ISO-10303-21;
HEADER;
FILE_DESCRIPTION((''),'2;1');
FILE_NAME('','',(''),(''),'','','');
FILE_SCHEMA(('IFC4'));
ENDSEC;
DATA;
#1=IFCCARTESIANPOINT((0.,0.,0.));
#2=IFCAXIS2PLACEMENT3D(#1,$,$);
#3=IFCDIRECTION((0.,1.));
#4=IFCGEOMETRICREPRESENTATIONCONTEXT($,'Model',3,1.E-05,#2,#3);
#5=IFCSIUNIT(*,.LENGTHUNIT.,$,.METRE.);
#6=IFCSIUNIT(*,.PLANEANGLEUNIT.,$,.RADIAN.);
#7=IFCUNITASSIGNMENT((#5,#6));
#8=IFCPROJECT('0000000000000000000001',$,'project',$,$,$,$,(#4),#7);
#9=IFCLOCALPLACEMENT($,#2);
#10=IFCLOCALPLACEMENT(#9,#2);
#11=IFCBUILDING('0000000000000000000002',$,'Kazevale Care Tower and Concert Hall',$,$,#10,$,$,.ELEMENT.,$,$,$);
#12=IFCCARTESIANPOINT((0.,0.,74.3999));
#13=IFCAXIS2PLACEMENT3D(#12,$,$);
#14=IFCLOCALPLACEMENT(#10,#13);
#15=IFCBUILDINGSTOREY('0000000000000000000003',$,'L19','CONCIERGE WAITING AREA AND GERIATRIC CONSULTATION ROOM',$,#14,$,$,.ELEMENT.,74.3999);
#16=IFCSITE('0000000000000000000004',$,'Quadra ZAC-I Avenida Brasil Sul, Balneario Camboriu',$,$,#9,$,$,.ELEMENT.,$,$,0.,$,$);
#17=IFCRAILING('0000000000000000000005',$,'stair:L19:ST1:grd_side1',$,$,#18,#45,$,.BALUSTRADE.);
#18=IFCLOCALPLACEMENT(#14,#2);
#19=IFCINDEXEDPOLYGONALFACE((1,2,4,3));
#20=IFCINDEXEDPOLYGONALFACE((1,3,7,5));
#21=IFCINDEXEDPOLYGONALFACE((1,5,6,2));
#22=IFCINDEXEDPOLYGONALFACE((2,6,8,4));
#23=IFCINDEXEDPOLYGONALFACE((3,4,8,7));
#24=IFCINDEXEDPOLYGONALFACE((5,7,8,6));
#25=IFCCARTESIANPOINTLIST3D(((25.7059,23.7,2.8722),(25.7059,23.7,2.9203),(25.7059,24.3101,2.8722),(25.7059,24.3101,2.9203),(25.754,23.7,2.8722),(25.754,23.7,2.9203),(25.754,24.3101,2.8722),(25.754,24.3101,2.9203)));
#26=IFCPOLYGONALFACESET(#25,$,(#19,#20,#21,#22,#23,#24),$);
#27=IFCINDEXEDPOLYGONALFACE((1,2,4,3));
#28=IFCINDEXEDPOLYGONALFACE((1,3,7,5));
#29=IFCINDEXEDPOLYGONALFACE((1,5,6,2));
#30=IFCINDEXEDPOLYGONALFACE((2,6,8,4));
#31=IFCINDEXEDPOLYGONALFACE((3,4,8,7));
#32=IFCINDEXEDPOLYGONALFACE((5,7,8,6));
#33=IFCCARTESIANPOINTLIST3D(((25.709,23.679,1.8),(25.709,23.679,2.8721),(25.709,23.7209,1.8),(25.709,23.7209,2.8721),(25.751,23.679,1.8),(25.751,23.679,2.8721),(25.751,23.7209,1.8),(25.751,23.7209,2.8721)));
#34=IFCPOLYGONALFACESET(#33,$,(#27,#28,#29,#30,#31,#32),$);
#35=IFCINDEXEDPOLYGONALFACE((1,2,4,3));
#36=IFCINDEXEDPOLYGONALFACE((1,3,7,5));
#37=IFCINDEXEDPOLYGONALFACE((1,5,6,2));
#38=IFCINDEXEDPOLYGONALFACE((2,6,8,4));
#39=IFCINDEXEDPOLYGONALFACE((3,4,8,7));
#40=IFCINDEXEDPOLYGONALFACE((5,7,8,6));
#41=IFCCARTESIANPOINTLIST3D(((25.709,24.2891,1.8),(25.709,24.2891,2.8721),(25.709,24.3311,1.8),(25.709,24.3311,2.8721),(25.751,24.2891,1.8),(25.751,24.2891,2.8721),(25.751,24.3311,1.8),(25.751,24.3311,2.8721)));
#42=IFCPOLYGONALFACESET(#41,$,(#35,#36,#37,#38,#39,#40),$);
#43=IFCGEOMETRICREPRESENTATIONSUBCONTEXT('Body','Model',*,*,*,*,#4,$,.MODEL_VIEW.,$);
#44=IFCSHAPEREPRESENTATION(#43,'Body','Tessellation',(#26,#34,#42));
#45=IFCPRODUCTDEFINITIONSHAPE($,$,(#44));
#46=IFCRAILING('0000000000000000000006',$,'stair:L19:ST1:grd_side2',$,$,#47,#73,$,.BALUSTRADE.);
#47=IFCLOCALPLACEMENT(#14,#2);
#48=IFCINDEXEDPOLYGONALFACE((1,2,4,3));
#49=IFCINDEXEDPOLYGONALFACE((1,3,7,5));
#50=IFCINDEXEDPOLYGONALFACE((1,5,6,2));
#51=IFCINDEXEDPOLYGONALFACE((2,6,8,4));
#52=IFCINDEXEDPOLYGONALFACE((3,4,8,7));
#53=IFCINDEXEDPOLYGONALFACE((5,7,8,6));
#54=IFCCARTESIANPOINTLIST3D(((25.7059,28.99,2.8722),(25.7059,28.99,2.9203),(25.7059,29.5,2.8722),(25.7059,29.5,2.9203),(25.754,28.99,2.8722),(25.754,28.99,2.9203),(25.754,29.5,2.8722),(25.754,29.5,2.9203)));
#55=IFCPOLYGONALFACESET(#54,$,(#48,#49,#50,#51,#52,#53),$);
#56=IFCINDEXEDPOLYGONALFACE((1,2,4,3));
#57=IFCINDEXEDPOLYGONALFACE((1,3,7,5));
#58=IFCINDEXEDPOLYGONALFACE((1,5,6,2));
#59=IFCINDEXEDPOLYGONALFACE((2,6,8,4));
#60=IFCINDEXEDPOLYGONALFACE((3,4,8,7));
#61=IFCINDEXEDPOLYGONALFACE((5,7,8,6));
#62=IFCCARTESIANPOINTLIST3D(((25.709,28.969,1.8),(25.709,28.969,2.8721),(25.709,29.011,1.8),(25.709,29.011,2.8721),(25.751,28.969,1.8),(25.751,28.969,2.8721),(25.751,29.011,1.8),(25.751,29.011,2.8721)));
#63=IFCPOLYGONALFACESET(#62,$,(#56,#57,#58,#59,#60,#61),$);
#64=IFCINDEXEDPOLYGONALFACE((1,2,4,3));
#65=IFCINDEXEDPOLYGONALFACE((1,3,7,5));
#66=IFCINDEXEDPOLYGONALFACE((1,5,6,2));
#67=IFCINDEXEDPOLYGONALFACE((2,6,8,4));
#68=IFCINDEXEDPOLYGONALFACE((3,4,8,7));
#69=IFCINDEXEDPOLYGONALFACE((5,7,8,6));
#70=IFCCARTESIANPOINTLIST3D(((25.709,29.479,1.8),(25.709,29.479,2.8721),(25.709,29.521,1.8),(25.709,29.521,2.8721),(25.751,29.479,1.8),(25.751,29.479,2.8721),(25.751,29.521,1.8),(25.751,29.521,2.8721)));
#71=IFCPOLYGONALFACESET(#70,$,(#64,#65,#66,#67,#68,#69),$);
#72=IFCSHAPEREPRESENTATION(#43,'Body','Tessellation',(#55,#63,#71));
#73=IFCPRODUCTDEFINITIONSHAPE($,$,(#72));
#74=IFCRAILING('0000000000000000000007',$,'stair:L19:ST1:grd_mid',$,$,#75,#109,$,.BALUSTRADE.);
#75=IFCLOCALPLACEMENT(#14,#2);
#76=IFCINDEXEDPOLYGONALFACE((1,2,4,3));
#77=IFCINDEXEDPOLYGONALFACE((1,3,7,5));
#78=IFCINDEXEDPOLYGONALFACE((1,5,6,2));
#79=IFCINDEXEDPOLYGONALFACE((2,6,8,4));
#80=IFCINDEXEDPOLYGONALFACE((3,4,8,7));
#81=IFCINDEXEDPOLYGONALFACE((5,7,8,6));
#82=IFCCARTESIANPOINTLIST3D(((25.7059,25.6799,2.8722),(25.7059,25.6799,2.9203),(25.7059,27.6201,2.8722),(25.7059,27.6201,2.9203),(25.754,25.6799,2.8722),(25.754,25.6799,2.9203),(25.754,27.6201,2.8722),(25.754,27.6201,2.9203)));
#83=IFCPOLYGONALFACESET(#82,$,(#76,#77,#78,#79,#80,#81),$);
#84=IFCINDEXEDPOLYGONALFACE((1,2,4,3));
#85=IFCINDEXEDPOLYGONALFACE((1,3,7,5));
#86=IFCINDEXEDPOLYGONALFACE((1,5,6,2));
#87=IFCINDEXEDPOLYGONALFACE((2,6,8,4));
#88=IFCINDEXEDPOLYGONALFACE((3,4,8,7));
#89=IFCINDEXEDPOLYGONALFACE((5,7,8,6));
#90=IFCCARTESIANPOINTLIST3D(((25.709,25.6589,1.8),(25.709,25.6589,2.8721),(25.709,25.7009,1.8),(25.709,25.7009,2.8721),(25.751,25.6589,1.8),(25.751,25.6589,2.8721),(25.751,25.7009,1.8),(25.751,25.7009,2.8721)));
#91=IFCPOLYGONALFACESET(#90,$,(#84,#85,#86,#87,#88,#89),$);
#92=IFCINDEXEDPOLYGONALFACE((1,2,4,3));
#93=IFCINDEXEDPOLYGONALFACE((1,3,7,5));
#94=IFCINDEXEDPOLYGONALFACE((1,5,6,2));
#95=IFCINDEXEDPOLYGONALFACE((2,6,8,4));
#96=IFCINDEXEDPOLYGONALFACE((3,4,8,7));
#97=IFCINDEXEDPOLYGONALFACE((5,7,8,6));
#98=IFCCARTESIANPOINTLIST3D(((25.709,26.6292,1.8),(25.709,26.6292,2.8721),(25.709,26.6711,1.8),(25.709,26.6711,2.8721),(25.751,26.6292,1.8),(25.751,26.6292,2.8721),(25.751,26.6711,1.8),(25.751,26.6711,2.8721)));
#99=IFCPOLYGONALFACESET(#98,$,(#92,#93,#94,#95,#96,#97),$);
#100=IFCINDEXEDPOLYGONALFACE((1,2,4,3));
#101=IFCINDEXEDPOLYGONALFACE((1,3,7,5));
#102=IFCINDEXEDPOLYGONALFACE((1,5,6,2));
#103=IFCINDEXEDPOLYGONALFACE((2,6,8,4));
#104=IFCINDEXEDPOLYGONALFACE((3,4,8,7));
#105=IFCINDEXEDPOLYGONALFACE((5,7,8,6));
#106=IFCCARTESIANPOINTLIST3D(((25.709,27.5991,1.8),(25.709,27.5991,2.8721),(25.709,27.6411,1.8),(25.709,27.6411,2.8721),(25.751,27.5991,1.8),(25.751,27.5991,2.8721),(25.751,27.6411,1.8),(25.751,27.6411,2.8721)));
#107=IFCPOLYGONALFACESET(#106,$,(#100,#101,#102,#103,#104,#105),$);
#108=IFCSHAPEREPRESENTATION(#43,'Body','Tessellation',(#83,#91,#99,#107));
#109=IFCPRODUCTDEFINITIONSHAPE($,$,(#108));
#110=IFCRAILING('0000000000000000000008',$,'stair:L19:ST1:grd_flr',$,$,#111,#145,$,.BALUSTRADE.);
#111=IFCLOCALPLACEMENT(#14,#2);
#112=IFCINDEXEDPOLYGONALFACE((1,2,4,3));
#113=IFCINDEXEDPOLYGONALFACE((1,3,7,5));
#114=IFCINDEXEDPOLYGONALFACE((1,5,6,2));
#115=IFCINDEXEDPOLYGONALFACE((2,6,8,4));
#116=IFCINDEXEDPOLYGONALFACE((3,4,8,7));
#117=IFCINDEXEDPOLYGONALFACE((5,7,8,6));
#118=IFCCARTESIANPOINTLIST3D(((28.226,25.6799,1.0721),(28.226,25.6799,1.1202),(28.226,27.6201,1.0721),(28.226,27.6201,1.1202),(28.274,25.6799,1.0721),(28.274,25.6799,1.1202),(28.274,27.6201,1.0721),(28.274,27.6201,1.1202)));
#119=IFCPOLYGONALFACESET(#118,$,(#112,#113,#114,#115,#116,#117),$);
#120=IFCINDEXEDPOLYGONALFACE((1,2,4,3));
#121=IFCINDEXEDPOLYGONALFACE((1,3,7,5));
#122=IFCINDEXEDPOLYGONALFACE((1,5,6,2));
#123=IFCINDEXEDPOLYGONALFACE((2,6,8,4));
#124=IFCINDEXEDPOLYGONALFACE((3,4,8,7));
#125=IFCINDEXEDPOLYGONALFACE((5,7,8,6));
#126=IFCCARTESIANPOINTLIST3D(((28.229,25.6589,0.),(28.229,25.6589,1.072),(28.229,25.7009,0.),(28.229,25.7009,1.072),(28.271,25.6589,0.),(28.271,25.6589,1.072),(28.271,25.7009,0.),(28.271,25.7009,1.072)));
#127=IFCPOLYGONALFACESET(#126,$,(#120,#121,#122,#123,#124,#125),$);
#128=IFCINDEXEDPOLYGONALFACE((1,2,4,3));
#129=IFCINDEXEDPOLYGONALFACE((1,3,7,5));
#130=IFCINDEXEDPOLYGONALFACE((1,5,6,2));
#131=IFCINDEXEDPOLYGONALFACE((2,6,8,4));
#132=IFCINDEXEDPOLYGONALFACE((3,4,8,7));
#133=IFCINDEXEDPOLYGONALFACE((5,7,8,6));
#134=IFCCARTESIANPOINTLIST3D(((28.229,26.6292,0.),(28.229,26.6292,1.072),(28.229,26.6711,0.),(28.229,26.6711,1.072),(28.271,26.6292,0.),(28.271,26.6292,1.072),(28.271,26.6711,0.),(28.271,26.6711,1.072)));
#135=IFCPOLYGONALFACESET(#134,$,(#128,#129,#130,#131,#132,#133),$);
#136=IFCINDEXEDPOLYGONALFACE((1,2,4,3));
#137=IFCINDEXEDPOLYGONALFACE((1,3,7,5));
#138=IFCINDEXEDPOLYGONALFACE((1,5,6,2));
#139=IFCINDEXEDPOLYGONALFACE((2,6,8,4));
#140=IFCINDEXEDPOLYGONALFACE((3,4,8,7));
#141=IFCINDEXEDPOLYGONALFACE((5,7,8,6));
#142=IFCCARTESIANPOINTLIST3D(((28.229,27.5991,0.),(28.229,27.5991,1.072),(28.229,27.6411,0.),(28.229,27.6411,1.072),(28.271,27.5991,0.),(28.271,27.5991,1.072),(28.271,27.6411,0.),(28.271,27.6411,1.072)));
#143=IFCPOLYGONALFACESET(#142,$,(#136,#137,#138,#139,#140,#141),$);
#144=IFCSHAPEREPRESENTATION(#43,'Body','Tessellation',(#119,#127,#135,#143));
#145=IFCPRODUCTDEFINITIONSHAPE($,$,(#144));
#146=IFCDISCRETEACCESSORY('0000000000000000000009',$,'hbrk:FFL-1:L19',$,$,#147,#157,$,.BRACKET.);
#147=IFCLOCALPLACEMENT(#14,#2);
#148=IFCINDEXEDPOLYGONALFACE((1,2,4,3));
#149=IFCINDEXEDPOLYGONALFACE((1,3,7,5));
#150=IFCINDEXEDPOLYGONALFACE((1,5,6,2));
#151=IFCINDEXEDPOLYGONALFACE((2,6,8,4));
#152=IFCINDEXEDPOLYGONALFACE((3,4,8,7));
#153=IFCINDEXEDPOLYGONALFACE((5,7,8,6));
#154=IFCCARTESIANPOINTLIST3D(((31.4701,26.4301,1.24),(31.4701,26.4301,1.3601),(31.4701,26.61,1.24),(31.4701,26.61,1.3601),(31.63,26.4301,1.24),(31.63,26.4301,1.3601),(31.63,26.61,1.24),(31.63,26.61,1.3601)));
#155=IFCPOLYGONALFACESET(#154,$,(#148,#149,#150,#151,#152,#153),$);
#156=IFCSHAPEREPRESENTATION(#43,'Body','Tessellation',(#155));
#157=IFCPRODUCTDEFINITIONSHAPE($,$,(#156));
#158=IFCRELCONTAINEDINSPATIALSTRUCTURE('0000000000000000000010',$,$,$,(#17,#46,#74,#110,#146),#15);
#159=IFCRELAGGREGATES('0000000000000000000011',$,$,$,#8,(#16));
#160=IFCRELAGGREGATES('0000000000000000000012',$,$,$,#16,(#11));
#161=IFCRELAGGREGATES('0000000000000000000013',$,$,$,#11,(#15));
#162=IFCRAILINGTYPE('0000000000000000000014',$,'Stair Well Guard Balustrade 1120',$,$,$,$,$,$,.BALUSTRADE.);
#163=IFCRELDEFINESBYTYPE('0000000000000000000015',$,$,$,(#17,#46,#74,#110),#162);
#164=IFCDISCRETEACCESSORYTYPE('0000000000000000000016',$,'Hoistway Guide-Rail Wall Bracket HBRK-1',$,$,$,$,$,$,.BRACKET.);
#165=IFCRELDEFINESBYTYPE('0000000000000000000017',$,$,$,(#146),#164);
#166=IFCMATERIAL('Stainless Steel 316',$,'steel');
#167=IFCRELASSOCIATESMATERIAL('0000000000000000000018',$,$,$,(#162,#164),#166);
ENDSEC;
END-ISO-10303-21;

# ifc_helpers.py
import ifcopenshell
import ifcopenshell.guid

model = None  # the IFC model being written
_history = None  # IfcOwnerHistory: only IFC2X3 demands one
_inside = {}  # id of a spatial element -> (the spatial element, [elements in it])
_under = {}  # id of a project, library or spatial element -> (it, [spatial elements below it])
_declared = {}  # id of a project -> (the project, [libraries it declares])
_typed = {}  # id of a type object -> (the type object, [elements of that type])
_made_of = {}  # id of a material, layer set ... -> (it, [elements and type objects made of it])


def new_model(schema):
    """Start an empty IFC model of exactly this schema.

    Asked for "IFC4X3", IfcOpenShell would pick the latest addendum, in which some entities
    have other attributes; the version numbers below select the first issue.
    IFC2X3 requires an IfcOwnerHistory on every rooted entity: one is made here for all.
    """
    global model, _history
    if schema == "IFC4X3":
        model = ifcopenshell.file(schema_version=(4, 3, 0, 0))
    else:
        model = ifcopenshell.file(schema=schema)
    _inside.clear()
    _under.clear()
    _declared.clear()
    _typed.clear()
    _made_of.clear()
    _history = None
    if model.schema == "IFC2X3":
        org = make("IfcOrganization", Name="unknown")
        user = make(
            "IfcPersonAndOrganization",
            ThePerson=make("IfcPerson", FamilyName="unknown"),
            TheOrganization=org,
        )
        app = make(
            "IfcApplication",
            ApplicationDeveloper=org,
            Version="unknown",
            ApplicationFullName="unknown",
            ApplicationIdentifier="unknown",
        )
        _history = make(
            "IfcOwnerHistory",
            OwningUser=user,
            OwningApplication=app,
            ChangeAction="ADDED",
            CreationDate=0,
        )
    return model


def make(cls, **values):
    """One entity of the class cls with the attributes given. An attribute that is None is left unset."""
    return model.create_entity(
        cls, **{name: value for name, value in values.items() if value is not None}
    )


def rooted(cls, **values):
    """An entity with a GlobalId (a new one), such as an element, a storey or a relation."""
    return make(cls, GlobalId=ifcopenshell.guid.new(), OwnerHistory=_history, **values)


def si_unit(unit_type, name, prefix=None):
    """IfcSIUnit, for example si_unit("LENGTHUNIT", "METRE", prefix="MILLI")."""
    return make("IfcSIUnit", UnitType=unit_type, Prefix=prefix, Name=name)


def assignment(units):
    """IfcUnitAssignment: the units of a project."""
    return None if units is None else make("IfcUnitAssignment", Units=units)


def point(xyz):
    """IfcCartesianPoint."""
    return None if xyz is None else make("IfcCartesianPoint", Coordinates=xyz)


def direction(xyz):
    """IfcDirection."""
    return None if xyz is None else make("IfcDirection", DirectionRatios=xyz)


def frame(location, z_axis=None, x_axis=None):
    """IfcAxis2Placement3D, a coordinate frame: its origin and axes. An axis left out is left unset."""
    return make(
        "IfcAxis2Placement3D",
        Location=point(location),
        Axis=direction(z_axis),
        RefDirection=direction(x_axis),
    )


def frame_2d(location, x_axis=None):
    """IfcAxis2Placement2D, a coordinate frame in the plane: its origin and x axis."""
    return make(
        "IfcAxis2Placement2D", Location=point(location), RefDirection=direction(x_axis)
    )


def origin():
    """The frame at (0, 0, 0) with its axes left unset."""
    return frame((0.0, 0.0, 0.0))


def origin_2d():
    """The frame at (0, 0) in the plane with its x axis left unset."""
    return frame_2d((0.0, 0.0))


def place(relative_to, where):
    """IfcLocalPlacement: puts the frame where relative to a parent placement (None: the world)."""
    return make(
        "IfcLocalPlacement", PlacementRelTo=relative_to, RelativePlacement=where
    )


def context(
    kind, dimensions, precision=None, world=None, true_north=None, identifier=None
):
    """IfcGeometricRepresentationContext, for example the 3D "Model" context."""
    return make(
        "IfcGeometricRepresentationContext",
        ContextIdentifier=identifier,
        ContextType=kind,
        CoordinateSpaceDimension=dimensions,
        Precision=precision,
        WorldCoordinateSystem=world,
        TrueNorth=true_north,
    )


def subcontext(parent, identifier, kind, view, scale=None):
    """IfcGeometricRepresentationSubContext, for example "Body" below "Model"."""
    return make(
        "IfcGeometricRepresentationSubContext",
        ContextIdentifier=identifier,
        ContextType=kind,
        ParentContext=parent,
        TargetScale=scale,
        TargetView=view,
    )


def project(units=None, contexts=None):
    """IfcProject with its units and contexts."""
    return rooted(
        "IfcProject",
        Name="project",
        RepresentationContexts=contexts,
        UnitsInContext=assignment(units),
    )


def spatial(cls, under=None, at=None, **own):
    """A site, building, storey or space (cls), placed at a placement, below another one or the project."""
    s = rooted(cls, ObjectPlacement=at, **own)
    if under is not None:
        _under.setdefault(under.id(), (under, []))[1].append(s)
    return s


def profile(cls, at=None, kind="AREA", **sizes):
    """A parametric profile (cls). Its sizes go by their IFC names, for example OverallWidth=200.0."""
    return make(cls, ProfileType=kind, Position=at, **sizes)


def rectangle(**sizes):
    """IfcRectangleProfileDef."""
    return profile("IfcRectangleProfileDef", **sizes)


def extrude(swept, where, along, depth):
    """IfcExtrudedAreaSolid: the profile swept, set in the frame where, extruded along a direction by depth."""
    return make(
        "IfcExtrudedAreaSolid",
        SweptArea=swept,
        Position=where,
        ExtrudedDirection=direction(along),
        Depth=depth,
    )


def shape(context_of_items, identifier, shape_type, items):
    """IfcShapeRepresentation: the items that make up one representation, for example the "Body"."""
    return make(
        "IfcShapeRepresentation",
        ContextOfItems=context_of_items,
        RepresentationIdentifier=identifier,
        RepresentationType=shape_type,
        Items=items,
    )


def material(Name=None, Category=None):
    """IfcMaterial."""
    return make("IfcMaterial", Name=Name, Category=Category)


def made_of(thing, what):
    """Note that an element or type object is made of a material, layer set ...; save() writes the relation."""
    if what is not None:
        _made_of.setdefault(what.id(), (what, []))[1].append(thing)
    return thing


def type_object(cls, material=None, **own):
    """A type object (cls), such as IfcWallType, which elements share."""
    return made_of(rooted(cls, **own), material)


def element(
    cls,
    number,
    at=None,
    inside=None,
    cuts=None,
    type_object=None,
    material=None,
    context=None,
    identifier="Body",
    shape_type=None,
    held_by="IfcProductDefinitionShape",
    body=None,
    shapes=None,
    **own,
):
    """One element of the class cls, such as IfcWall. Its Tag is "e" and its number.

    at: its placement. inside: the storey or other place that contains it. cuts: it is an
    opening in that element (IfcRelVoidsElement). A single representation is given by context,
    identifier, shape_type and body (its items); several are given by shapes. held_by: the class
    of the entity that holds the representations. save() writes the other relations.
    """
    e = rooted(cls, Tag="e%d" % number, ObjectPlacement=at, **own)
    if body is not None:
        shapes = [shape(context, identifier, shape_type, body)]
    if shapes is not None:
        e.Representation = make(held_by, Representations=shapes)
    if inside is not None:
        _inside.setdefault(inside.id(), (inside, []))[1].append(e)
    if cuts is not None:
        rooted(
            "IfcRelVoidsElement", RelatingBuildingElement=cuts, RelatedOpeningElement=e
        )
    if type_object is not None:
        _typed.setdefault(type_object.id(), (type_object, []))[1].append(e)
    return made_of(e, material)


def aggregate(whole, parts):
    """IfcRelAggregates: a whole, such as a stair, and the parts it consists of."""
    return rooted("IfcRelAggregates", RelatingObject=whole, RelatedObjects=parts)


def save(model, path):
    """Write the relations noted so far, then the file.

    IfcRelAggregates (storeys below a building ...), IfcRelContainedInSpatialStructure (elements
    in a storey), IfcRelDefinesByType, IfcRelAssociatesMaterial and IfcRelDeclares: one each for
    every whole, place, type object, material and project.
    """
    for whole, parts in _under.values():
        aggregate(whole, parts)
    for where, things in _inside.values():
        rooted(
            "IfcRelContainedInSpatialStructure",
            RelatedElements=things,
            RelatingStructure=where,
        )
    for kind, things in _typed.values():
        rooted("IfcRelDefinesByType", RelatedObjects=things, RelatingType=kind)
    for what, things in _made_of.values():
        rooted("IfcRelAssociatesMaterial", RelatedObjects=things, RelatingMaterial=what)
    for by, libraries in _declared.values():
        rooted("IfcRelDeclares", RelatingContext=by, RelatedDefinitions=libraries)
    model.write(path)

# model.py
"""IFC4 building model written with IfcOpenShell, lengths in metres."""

from ifc_helpers import new_model, si_unit, direction, frame, origin, origin_2d, place, context, subcontext, project, spatial, rectangle, extrude, material, type_object, element, save


model = new_model("IFC4")

# Units and contexts
model_context = context("Model", 3, precision=1e-05, world=origin(), true_north=direction((0.0, 1.0)))
body_context = subcontext(model_context, "Body", "Model", "MODEL_VIEW")
ifc_project = project(units=[si_unit("LENGTHUNIT", "METRE"), si_unit("PLANEANGLEUNIT", "RADIAN")], contexts=[model_context])

# Site, building, storey
site_placement = place(None, origin())
site = spatial("IfcSite", under=ifc_project, at=site_placement, Name="Quadra ZAC-I Avenida Brasil Sul, Balneario Camboriu", CompositionType="ELEMENT", RefElevation=0.0)
building_placement = place(site_placement, origin())
building = spatial("IfcBuilding", under=site, at=building_placement, Name="Kazevale Care Tower and Concert Hall", CompositionType="ELEMENT")
storey_placement = place(building_placement, frame((0.0, 0.0, 74.3999)))
storey = spatial("IfcBuildingStorey", under=building, at=storey_placement, Name="L19", Description="CONCIERGE WAITING AREA AND GERIATRIC CONSULTATION ROOM", CompositionType="ELEMENT", Elevation=74.3999)

# Shared definitions
ifc_material_1 = material(Name="Stainless Steel 316", Category="steel")

# Railings
railing_type_1 = type_object("IfcRailingType", Name="Stair Well Guard Balustrade 1120", PredefinedType="BALUSTRADE", material=ifc_material_1)
railing_1_placement = place(storey_placement, frame((25.73, 23.7, 1.8)))
element("IfcRailing", 1, at=railing_1_placement, inside=storey, type_object=railing_type_1, Name="stair:L19:ST1:grd_side1", PredefinedType="BALUSTRADE", context=body_context, shape_type="SweptSolid", body=[
    extrude(rectangle(XDim=0.0481, YDim=0.0481, at=origin_2d()), frame((0.0, 0.0, 1.0962), z_axis=(0.0, 1.0, 0.0), x_axis=(-1.0, 0.0, 0.0)), (0.0, 0.0, 1.0), 0.6101),
    extrude(rectangle(XDim=0.042, YDim=0.042, at=origin_2d()), origin(), (0.0, 0.0, 1.0), 1.072),
    extrude(rectangle(XDim=0.042, YDim=0.042, at=origin_2d()), frame((0.0, 0.6101, 0.0)), (0.0, 0.0, 1.0), 1.072),
])
railing_2_placement = place(storey_placement, frame((25.73, 28.99, 1.8)))
element("IfcRailing", 2, at=railing_2_placement, inside=storey, type_object=railing_type_1, Name="stair:L19:ST1:grd_side2", PredefinedType="BALUSTRADE", context=body_context, shape_type="SweptSolid", body=[
    extrude(rectangle(XDim=0.0481, YDim=0.0481, at=origin_2d()), frame((0.0, 0.0, 1.0962), z_axis=(0.0, 1.0, 0.0), x_axis=(-1.0, 0.0, 0.0)), (0.0, 0.0, 1.0), 0.51),
    extrude(rectangle(XDim=0.042, YDim=0.042, at=origin_2d()), origin(), (0.0, 0.0, 1.0), 1.072),
    extrude(rectangle(XDim=0.042, YDim=0.042, at=origin_2d()), frame((0.0, 0.51, 0.0)), (0.0, 0.0, 1.0), 1.072),
])
for number, where, name in (
    (3, (25.73, 25.6799, 1.8), "stair:L19:ST1:grd_mid"),
    (4, (28.25, 25.6799, 0.0), "stair:L19:ST1:grd_flr"),
):
    element("IfcRailing", number, at=place(storey_placement, frame(where)), inside=storey, type_object=railing_type_1, Name=name, PredefinedType="BALUSTRADE", context=body_context, shape_type="SweptSolid", body=[
        extrude(rectangle(XDim=0.0481, YDim=0.0481, at=origin_2d()), frame((0.0, 0.0, 1.0962), z_axis=(0.0, 1.0, 0.0), x_axis=(-1.0, 0.0, 0.0)), (0.0, 0.0, 1.0), 1.9402),
        extrude(rectangle(XDim=0.042, YDim=0.042, at=origin_2d()), origin(), (0.0, 0.0, 1.0), 1.072),
        extrude(rectangle(XDim=0.042, YDim=0.042, at=origin_2d()), frame((0.0, 0.9702, 0.0)), (0.0, 0.0, 1.0), 1.072),
        extrude(rectangle(XDim=0.042, YDim=0.042, at=origin_2d()), frame((0.0, 1.9402, 0.0)), (0.0, 0.0, 1.0), 1.072),
    ])

# Discrete accessory
discrete_accessory_type = type_object("IfcDiscreteAccessoryType", Name="Hoistway Guide-Rail Wall Bracket HBRK-1", PredefinedType="BRACKET", material=ifc_material_1)
discrete_accessory_placement = place(storey_placement, frame((31.55, 26.52, 1.24), z_axis=(0.0, 0.0, 1.0), x_axis=(1.0, 0.0, 0.0)))
element("IfcDiscreteAccessory", 5, at=discrete_accessory_placement, inside=storey, type_object=discrete_accessory_type, Name="hbrk:FFL-1:L19", PredefinedType="BRACKET", context=body_context, shape_type="SweptSolid", body=[
    extrude(rectangle(XDim=0.1599, YDim=0.1799, at=origin_2d()), origin(), (0.0, 0.0, 1.0), 0.1201),
])

save(model, "model.ifc")
